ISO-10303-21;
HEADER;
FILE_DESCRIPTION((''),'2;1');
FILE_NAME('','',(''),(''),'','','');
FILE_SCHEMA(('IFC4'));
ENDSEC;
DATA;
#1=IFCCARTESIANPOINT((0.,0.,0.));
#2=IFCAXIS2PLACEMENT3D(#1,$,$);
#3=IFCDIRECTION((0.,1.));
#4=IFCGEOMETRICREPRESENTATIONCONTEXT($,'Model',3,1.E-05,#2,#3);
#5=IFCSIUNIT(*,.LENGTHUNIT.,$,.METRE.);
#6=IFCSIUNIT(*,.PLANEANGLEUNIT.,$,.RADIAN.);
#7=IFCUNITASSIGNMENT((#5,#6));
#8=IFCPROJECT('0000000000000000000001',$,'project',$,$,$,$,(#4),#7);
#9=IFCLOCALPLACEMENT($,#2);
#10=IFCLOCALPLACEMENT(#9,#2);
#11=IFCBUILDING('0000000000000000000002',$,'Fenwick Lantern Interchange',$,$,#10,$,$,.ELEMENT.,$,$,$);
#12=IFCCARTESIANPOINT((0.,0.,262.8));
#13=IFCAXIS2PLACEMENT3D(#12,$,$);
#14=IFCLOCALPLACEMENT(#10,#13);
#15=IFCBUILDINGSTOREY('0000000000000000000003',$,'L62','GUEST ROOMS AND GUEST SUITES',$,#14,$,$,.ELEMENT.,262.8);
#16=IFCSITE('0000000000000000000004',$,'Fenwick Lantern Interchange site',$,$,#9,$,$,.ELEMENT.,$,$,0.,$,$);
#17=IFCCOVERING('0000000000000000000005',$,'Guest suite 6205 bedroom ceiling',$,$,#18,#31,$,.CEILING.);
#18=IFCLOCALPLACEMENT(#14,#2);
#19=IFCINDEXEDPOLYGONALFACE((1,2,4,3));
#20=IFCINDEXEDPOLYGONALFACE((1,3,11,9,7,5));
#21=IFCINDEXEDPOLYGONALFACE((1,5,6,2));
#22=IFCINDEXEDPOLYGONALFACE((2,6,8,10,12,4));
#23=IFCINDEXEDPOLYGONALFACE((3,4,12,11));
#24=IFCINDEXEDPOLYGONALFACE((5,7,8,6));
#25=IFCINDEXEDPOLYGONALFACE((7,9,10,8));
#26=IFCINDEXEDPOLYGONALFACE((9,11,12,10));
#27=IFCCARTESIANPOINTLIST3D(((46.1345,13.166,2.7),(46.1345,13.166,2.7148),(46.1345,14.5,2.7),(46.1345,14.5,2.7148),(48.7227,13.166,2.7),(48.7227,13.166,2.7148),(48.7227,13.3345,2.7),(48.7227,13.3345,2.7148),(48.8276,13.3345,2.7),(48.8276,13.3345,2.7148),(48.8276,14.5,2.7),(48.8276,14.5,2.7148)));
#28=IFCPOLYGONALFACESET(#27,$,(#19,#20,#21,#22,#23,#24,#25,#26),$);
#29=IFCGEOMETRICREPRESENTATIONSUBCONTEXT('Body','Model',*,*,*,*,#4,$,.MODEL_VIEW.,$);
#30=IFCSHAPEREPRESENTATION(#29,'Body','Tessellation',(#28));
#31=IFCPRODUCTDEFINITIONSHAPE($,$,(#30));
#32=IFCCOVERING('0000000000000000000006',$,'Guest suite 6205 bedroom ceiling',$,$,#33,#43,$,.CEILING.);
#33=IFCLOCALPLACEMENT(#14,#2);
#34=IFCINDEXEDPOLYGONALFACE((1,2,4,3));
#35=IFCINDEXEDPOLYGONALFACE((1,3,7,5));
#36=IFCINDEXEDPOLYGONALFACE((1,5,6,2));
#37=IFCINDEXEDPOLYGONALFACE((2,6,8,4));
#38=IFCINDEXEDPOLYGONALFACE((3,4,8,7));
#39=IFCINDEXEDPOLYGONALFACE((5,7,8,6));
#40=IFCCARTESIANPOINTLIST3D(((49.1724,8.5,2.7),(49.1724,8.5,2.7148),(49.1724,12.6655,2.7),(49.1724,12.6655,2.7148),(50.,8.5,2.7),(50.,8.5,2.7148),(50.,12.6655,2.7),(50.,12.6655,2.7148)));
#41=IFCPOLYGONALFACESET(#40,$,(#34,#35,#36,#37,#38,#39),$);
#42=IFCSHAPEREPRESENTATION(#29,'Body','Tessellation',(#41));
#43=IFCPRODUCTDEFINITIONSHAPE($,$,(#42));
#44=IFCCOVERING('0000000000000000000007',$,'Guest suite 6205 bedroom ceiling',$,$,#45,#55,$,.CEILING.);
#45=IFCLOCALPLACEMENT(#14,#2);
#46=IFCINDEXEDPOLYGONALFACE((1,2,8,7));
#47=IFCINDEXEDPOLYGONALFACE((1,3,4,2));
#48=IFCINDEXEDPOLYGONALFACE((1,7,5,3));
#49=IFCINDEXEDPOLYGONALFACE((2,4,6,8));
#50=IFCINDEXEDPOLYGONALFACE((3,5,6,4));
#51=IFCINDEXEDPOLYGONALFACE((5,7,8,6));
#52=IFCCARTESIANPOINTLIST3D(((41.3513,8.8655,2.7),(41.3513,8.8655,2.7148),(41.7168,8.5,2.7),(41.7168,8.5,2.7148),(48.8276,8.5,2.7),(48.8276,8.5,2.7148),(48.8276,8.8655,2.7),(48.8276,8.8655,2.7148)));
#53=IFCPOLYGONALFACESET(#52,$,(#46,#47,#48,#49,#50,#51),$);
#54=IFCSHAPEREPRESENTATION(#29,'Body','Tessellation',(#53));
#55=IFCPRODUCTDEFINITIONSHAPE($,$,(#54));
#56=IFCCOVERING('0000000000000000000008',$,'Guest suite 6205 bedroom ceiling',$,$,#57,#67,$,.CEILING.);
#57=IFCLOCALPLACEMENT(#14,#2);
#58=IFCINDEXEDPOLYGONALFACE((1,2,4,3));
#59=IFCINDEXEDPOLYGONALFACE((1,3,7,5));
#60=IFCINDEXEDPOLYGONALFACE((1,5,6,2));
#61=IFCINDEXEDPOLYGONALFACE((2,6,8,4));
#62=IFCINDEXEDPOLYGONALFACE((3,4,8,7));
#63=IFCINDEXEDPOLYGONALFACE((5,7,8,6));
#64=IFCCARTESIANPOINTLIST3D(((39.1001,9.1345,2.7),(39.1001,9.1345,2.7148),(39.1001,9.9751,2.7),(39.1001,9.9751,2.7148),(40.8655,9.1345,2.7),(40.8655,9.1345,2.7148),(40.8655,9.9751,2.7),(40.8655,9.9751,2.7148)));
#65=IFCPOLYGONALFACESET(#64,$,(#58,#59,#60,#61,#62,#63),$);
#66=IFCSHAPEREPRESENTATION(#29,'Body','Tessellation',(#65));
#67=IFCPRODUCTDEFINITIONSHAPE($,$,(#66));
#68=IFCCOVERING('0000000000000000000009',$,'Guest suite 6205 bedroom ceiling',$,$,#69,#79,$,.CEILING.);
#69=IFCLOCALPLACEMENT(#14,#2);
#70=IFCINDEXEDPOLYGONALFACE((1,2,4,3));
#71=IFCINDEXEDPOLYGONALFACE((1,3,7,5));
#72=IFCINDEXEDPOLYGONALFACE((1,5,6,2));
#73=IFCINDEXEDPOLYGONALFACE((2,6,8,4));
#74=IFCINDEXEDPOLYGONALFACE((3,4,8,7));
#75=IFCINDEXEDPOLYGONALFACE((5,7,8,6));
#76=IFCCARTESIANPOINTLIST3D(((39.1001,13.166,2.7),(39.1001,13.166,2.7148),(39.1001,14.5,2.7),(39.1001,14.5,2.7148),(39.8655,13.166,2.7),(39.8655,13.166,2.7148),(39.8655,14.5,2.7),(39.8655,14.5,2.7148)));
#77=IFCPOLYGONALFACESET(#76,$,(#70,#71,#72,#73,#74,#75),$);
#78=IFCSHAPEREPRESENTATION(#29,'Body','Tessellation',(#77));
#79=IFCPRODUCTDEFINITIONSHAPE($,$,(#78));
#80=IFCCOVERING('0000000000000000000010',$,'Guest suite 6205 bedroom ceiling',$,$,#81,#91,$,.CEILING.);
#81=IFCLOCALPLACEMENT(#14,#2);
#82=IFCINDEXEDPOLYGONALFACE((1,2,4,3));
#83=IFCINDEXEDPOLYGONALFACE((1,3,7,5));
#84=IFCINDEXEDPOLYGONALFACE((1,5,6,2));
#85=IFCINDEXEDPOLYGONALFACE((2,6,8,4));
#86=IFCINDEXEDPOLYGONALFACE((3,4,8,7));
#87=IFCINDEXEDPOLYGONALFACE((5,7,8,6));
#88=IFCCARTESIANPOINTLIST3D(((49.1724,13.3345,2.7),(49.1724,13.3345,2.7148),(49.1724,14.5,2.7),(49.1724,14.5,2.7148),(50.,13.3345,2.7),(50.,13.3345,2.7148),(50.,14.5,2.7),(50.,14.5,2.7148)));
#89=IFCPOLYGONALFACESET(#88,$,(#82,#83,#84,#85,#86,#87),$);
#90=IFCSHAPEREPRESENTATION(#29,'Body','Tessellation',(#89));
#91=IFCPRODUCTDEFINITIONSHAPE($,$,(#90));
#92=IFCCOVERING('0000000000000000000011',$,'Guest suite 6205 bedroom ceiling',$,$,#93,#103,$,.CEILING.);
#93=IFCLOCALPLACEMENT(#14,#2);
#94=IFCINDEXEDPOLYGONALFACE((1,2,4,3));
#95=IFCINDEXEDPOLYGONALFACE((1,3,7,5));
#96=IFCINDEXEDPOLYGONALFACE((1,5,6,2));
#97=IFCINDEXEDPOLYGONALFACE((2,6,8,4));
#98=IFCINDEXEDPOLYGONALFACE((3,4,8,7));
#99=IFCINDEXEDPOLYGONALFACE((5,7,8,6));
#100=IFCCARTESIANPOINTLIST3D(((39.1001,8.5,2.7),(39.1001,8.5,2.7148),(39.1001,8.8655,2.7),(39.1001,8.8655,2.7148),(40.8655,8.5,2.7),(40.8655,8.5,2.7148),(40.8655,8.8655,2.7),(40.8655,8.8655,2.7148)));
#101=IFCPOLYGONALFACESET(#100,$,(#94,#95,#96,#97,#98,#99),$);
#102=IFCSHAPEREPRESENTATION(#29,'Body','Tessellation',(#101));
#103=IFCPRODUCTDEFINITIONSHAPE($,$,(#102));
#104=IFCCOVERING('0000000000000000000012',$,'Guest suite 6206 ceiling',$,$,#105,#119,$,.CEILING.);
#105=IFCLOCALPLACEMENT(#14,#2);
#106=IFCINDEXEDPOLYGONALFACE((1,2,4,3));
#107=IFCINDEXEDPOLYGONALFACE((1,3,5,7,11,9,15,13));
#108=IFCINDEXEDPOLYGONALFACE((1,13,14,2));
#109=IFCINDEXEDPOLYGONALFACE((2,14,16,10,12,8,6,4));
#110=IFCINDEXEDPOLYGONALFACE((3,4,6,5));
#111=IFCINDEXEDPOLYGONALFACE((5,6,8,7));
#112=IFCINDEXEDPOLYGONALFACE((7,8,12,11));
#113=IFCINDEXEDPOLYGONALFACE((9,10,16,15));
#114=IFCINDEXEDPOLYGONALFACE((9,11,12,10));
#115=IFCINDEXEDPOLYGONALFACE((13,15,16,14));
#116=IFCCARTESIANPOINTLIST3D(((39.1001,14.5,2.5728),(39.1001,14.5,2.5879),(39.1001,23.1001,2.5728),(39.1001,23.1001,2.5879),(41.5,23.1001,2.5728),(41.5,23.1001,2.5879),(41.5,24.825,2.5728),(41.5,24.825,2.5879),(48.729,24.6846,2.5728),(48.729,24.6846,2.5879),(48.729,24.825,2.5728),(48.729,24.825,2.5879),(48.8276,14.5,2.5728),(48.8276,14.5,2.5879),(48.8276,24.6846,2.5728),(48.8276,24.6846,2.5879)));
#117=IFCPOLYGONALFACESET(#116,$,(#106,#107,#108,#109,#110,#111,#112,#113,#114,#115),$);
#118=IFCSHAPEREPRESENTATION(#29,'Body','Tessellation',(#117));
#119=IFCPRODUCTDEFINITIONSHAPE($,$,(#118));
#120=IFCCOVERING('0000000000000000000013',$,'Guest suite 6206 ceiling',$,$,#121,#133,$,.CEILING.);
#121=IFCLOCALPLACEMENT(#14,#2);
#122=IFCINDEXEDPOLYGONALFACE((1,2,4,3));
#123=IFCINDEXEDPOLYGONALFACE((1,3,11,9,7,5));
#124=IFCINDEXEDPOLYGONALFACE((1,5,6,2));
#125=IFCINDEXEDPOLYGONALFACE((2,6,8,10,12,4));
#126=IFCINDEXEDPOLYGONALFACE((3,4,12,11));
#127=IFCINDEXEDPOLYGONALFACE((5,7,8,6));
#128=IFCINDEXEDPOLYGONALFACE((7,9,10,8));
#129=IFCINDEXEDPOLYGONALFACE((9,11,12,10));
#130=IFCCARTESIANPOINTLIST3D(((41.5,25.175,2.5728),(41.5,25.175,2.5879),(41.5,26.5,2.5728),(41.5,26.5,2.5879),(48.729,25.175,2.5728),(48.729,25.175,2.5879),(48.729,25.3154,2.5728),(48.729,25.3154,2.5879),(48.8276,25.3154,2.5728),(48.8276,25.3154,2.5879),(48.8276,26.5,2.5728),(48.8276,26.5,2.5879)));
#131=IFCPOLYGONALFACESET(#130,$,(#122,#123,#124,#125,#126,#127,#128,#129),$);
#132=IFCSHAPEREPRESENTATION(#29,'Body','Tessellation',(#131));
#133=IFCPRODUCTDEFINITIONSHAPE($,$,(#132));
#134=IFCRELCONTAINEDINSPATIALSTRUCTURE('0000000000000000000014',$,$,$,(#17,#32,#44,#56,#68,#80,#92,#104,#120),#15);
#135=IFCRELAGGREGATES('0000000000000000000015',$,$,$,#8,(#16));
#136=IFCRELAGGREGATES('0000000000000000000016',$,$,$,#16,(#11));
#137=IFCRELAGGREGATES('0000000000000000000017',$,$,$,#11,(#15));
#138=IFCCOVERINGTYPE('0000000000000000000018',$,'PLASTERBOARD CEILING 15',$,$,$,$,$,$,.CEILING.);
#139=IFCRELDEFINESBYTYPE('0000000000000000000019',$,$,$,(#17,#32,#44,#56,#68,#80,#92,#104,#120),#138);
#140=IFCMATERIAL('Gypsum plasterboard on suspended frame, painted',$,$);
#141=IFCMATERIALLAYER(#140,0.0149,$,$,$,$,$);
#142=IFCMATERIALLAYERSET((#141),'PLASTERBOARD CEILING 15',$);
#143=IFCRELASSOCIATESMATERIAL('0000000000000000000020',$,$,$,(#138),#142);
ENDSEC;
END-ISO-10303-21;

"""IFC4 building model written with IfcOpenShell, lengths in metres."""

from ifc_helpers import new_model, si_unit, direction, frame, origin, place, context, subcontext, project, spatial, polyline, outline, extrude, material, layer, layer_set, type_object, element, save


model = new_model("IFC4")

# Units and contexts
model_context = context("Model", 3, precision=1e-05, world=origin(), true_north=direction((0.0, 1.0)))
body_context = subcontext(model_context, "Body", "Model", "MODEL_VIEW")
ifc_project = project(units=[si_unit("LENGTHUNIT", "METRE"), si_unit("PLANEANGLEUNIT", "RADIAN")], contexts=[model_context])

# Site, building, storey
site_placement = place(None, origin())
site = spatial("IfcSite", under=ifc_project, at=site_placement, Name="Fenwick Lantern Interchange site", CompositionType="ELEMENT", RefElevation=0.0)
building_placement = place(site_placement, origin())
building = spatial("IfcBuilding", under=site, at=building_placement, Name="Fenwick Lantern Interchange", CompositionType="ELEMENT")
storey_placement = place(building_placement, frame((0.0, 0.0, 262.8)))
storey = spatial("IfcBuildingStorey", under=building, at=storey_placement, Name="L62", Description="GUEST ROOMS AND GUEST SUITES", CompositionType="ELEMENT", Elevation=262.8)

# Coverings
ifc_material_1 = material(Name="Gypsum plasterboard on suspended frame, painted")
ifc_layer_1 = layer(ifc_material_1, 0.0149)
ifc_layer_set_1 = layer_set([ifc_layer_1], Name="PLASTERBOARD CEILING 15")
covering_type_1 = type_object("IfcCoveringType", Name="PLASTERBOARD CEILING 15", PredefinedType="CEILING", material=ifc_layer_set_1)
covering_1_placement = place(storey_placement, frame((0.0, 0.0, 2.7)))
element("IfcCovering", 1, at=covering_1_placement, inside=storey, type_object=covering_type_1, Name="Guest suite 6205 bedroom ceiling", PredefinedType="CEILING", context=body_context, shape_type="SweptSolid", body=[
    extrude(outline(polyline([(48.7227, 13.3345), (48.8276, 13.3345), (48.8276, 14.5), (46.1345, 14.5), (46.1345, 13.166), (48.7227, 13.166), (48.7227, 13.3345)])), origin(), (0.0, 0.0, 1.0), 0.0149),
])
covering_2_placement = place(storey_placement, frame((0.0, 0.0, 2.7)))
element("IfcCovering", 2, at=covering_2_placement, inside=storey, type_object=covering_type_1, Name="Guest suite 6205 bedroom ceiling", PredefinedType="CEILING", context=body_context, shape_type="SweptSolid", body=[
    extrude(outline(polyline([(50.0, 12.6655), (49.1724, 12.6655), (49.1724, 8.5), (50.0, 8.5), (50.0, 12.6655)])), origin(), (0.0, 0.0, 1.0), 0.0149),
])
covering_3_placement = place(storey_placement, frame((0.0, 0.0, 2.7)))
element("IfcCovering", 3, at=covering_3_placement, inside=storey, type_object=covering_type_1, Name="Guest suite 6205 bedroom ceiling", PredefinedType="CEILING", context=body_context, shape_type="SweptSolid", body=[
    extrude(outline(polyline([(41.7168, 8.5), (48.8276, 8.5), (48.8276, 8.8655), (41.3513, 8.8655), (41.7168, 8.5)])), origin(), (0.0, 0.0, 1.0), 0.0149),
])
covering_4_placement = place(storey_placement, frame((0.0, 0.0, 2.7)))
element("IfcCovering", 4, at=covering_4_placement, inside=storey, type_object=covering_type_1, Name="Guest suite 6205 bedroom ceiling", PredefinedType="CEILING", context=body_context, shape_type="SweptSolid", body=[
    extrude(outline(polyline([(39.1001, 9.9751), (39.1001, 9.1345), (40.8655, 9.1345), (40.8655, 9.9751), (39.1001, 9.9751)])), origin(), (0.0, 0.0, 1.0), 0.0149),
])
covering_5_placement = place(storey_placement, frame((0.0, 0.0, 2.7)))
element("IfcCovering", 5, at=covering_5_placement, inside=storey, type_object=covering_type_1, Name="Guest suite 6205 bedroom ceiling", PredefinedType="CEILING", context=body_context, shape_type="SweptSolid", body=[
    extrude(outline(polyline([(39.1001, 14.5), (39.1001, 13.166), (39.8655, 13.166), (39.8655, 14.5), (39.1001, 14.5)])), origin(), (0.0, 0.0, 1.0), 0.0149),
])
covering_6_placement = place(storey_placement, frame((0.0, 0.0, 2.7)))
element("IfcCovering", 6, at=covering_6_placement, inside=storey, type_object=covering_type_1, Name="Guest suite 6205 bedroom ceiling", PredefinedType="CEILING", context=body_context, shape_type="SweptSolid", body=[
    extrude(outline(polyline([(50.0, 13.3345), (50.0, 14.5), (49.1724, 14.5), (49.1724, 13.3345), (50.0, 13.3345)])), origin(), (0.0, 0.0, 1.0), 0.0149),
])
covering_7_placement = place(storey_placement, frame((0.0, 0.0, 2.7)))
element("IfcCovering", 7, at=covering_7_placement, inside=storey, type_object=covering_type_1, Name="Guest suite 6205 bedroom ceiling", PredefinedType="CEILING", context=body_context, shape_type="SweptSolid", body=[
    extrude(outline(polyline([(39.1001, 8.5), (40.8655, 8.5), (40.8655, 8.8655), (39.1001, 8.8655), (39.1001, 8.5)])), origin(), (0.0, 0.0, 1.0), 0.0149),
])
covering_8_placement = place(storey_placement, frame((0.0, 0.0, 2.5728)))
element("IfcCovering", 8, at=covering_8_placement, inside=storey, type_object=covering_type_1, Name="Guest suite 6206 ceiling", PredefinedType="CEILING", context=body_context, shape_type="SweptSolid", body=[
    extrude(outline(polyline([(48.729, 24.6846), (48.729, 24.825), (41.5, 24.825), (41.5, 23.1001), (39.1001, 23.1001), (39.1001, 14.5), (48.8276, 14.5), (48.8276, 24.6846), (48.729, 24.6846)])), origin(), (0.0, 0.0, 1.0), 0.0151),
])
covering_9_placement = place(storey_placement, frame((0.0, 0.0, 2.5728)))
element("IfcCovering", 9, at=covering_9_placement, inside=storey, type_object=covering_type_1, Name="Guest suite 6206 ceiling", PredefinedType="CEILING", context=body_context, shape_type="SweptSolid", body=[
    extrude(outline(polyline([(48.729, 25.3154), (48.8276, 25.3154), (48.8276, 26.5), (41.5, 26.5), (41.5, 25.175), (48.729, 25.175), (48.729, 25.3154)])), origin(), (0.0, 0.0, 1.0), 0.0151),
])

save(model, "model.ifc")
